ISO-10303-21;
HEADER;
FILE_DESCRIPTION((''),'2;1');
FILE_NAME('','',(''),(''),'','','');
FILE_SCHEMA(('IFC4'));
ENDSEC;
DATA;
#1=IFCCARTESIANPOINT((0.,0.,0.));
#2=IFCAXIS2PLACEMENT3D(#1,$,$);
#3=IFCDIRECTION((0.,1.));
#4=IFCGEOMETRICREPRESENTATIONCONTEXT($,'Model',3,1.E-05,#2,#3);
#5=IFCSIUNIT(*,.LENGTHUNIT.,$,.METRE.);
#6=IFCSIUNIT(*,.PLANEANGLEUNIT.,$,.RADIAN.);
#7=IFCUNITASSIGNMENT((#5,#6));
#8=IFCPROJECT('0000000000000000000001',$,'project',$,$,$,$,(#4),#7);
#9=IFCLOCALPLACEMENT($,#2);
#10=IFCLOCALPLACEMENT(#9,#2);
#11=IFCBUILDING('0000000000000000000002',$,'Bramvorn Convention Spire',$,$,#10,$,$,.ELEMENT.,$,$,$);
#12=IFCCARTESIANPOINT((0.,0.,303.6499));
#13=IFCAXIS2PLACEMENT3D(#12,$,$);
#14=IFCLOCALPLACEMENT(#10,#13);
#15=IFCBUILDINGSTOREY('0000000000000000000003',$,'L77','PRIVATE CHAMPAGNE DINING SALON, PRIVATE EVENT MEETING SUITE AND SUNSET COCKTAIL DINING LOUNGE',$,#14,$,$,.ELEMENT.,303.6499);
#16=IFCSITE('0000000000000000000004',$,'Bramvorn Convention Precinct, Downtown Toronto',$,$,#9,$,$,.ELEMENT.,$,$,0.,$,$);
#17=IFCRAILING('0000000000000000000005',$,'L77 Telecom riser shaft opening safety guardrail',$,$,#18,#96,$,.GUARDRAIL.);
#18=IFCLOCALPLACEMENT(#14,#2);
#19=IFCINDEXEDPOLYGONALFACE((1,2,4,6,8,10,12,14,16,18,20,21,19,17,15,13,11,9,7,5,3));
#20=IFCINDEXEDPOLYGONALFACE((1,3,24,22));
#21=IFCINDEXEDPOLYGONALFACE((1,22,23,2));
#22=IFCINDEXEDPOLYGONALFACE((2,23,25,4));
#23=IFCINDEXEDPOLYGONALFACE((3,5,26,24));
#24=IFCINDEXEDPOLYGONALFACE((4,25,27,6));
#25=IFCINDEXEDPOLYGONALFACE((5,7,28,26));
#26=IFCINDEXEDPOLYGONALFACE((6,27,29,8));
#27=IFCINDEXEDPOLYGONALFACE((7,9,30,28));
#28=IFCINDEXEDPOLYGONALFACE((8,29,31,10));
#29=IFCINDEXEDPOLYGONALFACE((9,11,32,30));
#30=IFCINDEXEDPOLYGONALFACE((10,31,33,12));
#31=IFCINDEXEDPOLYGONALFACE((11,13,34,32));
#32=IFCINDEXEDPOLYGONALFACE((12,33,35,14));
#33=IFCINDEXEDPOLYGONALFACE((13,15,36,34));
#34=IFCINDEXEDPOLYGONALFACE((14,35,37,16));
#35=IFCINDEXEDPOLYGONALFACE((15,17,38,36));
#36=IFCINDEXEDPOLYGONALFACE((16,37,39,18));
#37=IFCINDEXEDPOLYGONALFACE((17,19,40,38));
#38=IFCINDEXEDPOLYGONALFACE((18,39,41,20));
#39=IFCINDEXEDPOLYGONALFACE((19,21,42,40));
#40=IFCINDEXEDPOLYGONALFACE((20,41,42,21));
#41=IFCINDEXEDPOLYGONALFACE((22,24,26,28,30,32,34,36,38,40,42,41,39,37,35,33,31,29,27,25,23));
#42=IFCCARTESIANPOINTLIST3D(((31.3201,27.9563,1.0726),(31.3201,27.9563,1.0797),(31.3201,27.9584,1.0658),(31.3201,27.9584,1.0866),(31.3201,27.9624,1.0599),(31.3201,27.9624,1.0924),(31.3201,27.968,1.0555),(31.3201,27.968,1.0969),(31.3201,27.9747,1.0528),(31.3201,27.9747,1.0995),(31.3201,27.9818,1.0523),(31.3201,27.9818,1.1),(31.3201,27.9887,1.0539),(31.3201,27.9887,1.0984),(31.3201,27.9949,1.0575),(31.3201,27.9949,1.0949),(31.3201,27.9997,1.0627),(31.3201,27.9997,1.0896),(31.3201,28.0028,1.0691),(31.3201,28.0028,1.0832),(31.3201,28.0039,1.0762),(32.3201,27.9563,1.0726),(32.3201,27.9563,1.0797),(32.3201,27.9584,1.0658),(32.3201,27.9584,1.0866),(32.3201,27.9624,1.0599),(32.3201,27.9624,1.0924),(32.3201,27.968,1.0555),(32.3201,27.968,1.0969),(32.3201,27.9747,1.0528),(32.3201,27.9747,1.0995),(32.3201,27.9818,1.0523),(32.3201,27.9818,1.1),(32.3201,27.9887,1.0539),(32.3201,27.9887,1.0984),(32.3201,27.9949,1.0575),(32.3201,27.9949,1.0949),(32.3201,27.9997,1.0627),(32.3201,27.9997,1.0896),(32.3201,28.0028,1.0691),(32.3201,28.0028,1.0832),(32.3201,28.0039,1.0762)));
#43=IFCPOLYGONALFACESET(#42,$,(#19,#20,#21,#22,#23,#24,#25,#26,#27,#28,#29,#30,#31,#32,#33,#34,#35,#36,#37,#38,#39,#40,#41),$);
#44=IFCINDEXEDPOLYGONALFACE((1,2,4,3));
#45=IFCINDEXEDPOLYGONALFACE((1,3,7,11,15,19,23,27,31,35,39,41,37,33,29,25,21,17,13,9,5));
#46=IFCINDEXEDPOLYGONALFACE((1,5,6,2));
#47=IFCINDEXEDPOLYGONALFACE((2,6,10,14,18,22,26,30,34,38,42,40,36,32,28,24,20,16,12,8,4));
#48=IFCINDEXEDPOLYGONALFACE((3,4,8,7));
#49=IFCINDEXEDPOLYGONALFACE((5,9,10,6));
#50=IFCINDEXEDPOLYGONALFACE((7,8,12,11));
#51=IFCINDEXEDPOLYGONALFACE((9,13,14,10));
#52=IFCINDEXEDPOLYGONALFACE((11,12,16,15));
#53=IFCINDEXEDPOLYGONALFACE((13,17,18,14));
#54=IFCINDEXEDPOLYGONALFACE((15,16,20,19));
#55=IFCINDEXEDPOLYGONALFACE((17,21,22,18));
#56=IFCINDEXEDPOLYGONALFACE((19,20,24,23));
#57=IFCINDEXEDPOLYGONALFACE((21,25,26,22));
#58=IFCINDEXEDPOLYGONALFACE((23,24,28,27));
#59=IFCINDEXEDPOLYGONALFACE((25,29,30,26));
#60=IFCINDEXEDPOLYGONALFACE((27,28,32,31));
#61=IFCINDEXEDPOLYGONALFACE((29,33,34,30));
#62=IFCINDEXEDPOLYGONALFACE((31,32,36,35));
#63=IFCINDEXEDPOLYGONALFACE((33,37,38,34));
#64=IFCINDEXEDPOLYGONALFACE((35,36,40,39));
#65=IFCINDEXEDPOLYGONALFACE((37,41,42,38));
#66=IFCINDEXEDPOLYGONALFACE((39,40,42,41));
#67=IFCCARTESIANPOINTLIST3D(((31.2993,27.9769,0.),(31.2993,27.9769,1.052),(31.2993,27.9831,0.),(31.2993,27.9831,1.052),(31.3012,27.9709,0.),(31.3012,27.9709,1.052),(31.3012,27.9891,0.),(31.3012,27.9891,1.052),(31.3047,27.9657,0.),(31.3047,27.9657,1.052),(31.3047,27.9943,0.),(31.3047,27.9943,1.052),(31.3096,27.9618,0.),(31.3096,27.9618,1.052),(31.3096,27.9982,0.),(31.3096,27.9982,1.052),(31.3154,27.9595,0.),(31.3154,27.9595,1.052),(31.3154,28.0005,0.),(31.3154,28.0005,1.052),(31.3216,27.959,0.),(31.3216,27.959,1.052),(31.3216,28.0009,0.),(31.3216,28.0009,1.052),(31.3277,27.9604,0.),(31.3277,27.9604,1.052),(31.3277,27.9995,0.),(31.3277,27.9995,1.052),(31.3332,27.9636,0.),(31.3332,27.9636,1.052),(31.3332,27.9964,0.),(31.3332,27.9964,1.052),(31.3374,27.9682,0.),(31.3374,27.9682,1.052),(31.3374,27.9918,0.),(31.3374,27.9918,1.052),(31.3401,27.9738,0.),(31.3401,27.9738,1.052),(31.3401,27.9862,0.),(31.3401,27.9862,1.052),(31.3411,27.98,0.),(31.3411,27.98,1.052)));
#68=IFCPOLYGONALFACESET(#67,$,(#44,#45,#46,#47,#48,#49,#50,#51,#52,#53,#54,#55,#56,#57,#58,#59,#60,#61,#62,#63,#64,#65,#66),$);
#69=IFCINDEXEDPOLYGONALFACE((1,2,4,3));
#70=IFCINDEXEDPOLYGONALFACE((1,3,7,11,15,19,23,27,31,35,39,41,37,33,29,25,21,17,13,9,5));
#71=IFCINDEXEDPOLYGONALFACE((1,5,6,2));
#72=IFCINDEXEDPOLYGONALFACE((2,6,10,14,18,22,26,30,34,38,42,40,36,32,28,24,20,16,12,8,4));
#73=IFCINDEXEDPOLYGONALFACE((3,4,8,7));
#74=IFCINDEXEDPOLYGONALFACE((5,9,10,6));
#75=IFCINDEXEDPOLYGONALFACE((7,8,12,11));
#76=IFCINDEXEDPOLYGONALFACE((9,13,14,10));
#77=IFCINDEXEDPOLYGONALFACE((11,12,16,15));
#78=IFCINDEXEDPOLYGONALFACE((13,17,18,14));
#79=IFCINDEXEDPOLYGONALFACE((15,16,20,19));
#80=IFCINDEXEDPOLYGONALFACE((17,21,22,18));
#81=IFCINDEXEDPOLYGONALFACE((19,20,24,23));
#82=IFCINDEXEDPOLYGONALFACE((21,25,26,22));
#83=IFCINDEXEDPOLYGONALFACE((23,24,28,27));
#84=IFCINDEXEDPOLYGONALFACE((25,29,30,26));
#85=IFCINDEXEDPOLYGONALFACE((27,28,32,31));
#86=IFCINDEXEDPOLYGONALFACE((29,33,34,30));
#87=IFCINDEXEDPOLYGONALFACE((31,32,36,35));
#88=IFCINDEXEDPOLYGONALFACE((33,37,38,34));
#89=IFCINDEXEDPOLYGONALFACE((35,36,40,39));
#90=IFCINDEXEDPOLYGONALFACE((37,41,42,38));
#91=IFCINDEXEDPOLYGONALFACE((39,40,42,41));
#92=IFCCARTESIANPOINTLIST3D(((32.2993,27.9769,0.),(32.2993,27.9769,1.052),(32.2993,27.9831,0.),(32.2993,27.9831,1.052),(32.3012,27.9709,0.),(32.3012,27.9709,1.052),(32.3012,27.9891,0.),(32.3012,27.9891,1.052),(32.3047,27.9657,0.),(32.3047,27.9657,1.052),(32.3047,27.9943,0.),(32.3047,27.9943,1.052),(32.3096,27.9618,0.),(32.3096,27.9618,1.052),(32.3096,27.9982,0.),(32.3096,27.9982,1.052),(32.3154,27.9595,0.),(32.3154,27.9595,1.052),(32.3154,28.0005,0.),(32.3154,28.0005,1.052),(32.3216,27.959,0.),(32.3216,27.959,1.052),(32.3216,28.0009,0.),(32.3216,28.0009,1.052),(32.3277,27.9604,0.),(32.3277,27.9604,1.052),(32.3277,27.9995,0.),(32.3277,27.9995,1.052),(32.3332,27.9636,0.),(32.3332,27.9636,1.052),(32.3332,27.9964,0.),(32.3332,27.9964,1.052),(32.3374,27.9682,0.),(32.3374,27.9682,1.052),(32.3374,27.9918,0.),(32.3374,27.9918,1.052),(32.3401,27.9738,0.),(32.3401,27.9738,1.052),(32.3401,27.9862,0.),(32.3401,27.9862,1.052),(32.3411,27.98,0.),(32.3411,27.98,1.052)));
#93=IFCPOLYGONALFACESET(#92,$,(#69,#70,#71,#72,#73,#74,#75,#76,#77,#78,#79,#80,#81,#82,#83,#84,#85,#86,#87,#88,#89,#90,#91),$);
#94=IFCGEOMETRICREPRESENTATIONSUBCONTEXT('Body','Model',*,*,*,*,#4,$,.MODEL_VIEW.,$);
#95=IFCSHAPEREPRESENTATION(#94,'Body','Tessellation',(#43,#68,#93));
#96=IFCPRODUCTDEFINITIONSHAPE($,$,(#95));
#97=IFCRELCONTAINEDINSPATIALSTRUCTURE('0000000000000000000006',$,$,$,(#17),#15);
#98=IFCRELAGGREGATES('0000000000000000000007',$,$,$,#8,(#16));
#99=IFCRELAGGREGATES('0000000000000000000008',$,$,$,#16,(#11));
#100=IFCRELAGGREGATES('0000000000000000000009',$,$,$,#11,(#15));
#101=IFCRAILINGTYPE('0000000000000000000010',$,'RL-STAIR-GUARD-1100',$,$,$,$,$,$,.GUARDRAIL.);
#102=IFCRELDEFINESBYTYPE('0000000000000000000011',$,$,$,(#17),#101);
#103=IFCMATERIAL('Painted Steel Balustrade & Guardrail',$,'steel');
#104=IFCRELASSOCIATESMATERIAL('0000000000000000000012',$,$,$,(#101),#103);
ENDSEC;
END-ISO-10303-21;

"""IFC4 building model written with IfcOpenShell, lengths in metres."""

from ifc_helpers import new_model, si_unit, direction, frame, origin, origin_2d, place, context, subcontext, project, spatial, circle, extrude, material, type_object, element, save


model = new_model("IFC4")

# Units and contexts
model_context = context("Model", 3, precision=1e-05, world=origin(), true_north=direction((0.0, 1.0)))
body_context = subcontext(model_context, "Body", "Model", "MODEL_VIEW")
ifc_project = project(units=[si_unit("LENGTHUNIT", "METRE"), si_unit("PLANEANGLEUNIT", "RADIAN")], contexts=[model_context])

# Site, building, storey
site_placement = place(None, origin())
site = spatial("IfcSite", under=ifc_project, at=site_placement, Name="Bramvorn Convention Precinct, Downtown Toronto", CompositionType="ELEMENT", RefElevation=0.0)
building_placement = place(site_placement, origin())
building = spatial("IfcBuilding", under=site, at=building_placement, Name="Bramvorn Convention Spire", CompositionType="ELEMENT")
storey_placement = place(building_placement, frame((0.0, 0.0, 303.6499)))
storey = spatial("IfcBuildingStorey", under=building, at=storey_placement, Name="L77", Description="PRIVATE CHAMPAGNE DINING SALON, PRIVATE EVENT MEETING SUITE AND SUNSET COCKTAIL DINING LOUNGE", CompositionType="ELEMENT", Elevation=303.6499)

# Railing
ifc_material_1 = material(Name="Painted Steel Balustrade & Guardrail", Category="steel")
railing_type = type_object("IfcRailingType", Name="RL-STAIR-GUARD-1100", PredefinedType="GUARDRAIL", material=ifc_material_1)
railing_1_placement = place(storey_placement, frame((31.3201, 27.98, 0.0)))
element("IfcRailing", 1, at=railing_1_placement, inside=storey, type_object=railing_type, Name="L77 Telecom riser shaft opening safety guardrail", PredefinedType="GUARDRAIL", context=body_context, shape_type="SweptSolid", body=[
    extrude(circle(Radius=0.0239, at=origin_2d()), frame((0.0, 0.0, 1.0762), z_axis=(1.0, 0.0, 0.0), x_axis=(0.0, 1.0, 0.0)), (0.0, 0.0, 1.0), 1.0),
    extrude(circle(Radius=0.021, at=origin_2d()), origin(), (0.0, 0.0, 1.0), 1.052),
    extrude(circle(Radius=0.021, at=origin_2d()), frame((1.0, 0.0, 0.0)), (0.0, 0.0, 1.0), 1.052),
])

save(model, "model.ifc")
